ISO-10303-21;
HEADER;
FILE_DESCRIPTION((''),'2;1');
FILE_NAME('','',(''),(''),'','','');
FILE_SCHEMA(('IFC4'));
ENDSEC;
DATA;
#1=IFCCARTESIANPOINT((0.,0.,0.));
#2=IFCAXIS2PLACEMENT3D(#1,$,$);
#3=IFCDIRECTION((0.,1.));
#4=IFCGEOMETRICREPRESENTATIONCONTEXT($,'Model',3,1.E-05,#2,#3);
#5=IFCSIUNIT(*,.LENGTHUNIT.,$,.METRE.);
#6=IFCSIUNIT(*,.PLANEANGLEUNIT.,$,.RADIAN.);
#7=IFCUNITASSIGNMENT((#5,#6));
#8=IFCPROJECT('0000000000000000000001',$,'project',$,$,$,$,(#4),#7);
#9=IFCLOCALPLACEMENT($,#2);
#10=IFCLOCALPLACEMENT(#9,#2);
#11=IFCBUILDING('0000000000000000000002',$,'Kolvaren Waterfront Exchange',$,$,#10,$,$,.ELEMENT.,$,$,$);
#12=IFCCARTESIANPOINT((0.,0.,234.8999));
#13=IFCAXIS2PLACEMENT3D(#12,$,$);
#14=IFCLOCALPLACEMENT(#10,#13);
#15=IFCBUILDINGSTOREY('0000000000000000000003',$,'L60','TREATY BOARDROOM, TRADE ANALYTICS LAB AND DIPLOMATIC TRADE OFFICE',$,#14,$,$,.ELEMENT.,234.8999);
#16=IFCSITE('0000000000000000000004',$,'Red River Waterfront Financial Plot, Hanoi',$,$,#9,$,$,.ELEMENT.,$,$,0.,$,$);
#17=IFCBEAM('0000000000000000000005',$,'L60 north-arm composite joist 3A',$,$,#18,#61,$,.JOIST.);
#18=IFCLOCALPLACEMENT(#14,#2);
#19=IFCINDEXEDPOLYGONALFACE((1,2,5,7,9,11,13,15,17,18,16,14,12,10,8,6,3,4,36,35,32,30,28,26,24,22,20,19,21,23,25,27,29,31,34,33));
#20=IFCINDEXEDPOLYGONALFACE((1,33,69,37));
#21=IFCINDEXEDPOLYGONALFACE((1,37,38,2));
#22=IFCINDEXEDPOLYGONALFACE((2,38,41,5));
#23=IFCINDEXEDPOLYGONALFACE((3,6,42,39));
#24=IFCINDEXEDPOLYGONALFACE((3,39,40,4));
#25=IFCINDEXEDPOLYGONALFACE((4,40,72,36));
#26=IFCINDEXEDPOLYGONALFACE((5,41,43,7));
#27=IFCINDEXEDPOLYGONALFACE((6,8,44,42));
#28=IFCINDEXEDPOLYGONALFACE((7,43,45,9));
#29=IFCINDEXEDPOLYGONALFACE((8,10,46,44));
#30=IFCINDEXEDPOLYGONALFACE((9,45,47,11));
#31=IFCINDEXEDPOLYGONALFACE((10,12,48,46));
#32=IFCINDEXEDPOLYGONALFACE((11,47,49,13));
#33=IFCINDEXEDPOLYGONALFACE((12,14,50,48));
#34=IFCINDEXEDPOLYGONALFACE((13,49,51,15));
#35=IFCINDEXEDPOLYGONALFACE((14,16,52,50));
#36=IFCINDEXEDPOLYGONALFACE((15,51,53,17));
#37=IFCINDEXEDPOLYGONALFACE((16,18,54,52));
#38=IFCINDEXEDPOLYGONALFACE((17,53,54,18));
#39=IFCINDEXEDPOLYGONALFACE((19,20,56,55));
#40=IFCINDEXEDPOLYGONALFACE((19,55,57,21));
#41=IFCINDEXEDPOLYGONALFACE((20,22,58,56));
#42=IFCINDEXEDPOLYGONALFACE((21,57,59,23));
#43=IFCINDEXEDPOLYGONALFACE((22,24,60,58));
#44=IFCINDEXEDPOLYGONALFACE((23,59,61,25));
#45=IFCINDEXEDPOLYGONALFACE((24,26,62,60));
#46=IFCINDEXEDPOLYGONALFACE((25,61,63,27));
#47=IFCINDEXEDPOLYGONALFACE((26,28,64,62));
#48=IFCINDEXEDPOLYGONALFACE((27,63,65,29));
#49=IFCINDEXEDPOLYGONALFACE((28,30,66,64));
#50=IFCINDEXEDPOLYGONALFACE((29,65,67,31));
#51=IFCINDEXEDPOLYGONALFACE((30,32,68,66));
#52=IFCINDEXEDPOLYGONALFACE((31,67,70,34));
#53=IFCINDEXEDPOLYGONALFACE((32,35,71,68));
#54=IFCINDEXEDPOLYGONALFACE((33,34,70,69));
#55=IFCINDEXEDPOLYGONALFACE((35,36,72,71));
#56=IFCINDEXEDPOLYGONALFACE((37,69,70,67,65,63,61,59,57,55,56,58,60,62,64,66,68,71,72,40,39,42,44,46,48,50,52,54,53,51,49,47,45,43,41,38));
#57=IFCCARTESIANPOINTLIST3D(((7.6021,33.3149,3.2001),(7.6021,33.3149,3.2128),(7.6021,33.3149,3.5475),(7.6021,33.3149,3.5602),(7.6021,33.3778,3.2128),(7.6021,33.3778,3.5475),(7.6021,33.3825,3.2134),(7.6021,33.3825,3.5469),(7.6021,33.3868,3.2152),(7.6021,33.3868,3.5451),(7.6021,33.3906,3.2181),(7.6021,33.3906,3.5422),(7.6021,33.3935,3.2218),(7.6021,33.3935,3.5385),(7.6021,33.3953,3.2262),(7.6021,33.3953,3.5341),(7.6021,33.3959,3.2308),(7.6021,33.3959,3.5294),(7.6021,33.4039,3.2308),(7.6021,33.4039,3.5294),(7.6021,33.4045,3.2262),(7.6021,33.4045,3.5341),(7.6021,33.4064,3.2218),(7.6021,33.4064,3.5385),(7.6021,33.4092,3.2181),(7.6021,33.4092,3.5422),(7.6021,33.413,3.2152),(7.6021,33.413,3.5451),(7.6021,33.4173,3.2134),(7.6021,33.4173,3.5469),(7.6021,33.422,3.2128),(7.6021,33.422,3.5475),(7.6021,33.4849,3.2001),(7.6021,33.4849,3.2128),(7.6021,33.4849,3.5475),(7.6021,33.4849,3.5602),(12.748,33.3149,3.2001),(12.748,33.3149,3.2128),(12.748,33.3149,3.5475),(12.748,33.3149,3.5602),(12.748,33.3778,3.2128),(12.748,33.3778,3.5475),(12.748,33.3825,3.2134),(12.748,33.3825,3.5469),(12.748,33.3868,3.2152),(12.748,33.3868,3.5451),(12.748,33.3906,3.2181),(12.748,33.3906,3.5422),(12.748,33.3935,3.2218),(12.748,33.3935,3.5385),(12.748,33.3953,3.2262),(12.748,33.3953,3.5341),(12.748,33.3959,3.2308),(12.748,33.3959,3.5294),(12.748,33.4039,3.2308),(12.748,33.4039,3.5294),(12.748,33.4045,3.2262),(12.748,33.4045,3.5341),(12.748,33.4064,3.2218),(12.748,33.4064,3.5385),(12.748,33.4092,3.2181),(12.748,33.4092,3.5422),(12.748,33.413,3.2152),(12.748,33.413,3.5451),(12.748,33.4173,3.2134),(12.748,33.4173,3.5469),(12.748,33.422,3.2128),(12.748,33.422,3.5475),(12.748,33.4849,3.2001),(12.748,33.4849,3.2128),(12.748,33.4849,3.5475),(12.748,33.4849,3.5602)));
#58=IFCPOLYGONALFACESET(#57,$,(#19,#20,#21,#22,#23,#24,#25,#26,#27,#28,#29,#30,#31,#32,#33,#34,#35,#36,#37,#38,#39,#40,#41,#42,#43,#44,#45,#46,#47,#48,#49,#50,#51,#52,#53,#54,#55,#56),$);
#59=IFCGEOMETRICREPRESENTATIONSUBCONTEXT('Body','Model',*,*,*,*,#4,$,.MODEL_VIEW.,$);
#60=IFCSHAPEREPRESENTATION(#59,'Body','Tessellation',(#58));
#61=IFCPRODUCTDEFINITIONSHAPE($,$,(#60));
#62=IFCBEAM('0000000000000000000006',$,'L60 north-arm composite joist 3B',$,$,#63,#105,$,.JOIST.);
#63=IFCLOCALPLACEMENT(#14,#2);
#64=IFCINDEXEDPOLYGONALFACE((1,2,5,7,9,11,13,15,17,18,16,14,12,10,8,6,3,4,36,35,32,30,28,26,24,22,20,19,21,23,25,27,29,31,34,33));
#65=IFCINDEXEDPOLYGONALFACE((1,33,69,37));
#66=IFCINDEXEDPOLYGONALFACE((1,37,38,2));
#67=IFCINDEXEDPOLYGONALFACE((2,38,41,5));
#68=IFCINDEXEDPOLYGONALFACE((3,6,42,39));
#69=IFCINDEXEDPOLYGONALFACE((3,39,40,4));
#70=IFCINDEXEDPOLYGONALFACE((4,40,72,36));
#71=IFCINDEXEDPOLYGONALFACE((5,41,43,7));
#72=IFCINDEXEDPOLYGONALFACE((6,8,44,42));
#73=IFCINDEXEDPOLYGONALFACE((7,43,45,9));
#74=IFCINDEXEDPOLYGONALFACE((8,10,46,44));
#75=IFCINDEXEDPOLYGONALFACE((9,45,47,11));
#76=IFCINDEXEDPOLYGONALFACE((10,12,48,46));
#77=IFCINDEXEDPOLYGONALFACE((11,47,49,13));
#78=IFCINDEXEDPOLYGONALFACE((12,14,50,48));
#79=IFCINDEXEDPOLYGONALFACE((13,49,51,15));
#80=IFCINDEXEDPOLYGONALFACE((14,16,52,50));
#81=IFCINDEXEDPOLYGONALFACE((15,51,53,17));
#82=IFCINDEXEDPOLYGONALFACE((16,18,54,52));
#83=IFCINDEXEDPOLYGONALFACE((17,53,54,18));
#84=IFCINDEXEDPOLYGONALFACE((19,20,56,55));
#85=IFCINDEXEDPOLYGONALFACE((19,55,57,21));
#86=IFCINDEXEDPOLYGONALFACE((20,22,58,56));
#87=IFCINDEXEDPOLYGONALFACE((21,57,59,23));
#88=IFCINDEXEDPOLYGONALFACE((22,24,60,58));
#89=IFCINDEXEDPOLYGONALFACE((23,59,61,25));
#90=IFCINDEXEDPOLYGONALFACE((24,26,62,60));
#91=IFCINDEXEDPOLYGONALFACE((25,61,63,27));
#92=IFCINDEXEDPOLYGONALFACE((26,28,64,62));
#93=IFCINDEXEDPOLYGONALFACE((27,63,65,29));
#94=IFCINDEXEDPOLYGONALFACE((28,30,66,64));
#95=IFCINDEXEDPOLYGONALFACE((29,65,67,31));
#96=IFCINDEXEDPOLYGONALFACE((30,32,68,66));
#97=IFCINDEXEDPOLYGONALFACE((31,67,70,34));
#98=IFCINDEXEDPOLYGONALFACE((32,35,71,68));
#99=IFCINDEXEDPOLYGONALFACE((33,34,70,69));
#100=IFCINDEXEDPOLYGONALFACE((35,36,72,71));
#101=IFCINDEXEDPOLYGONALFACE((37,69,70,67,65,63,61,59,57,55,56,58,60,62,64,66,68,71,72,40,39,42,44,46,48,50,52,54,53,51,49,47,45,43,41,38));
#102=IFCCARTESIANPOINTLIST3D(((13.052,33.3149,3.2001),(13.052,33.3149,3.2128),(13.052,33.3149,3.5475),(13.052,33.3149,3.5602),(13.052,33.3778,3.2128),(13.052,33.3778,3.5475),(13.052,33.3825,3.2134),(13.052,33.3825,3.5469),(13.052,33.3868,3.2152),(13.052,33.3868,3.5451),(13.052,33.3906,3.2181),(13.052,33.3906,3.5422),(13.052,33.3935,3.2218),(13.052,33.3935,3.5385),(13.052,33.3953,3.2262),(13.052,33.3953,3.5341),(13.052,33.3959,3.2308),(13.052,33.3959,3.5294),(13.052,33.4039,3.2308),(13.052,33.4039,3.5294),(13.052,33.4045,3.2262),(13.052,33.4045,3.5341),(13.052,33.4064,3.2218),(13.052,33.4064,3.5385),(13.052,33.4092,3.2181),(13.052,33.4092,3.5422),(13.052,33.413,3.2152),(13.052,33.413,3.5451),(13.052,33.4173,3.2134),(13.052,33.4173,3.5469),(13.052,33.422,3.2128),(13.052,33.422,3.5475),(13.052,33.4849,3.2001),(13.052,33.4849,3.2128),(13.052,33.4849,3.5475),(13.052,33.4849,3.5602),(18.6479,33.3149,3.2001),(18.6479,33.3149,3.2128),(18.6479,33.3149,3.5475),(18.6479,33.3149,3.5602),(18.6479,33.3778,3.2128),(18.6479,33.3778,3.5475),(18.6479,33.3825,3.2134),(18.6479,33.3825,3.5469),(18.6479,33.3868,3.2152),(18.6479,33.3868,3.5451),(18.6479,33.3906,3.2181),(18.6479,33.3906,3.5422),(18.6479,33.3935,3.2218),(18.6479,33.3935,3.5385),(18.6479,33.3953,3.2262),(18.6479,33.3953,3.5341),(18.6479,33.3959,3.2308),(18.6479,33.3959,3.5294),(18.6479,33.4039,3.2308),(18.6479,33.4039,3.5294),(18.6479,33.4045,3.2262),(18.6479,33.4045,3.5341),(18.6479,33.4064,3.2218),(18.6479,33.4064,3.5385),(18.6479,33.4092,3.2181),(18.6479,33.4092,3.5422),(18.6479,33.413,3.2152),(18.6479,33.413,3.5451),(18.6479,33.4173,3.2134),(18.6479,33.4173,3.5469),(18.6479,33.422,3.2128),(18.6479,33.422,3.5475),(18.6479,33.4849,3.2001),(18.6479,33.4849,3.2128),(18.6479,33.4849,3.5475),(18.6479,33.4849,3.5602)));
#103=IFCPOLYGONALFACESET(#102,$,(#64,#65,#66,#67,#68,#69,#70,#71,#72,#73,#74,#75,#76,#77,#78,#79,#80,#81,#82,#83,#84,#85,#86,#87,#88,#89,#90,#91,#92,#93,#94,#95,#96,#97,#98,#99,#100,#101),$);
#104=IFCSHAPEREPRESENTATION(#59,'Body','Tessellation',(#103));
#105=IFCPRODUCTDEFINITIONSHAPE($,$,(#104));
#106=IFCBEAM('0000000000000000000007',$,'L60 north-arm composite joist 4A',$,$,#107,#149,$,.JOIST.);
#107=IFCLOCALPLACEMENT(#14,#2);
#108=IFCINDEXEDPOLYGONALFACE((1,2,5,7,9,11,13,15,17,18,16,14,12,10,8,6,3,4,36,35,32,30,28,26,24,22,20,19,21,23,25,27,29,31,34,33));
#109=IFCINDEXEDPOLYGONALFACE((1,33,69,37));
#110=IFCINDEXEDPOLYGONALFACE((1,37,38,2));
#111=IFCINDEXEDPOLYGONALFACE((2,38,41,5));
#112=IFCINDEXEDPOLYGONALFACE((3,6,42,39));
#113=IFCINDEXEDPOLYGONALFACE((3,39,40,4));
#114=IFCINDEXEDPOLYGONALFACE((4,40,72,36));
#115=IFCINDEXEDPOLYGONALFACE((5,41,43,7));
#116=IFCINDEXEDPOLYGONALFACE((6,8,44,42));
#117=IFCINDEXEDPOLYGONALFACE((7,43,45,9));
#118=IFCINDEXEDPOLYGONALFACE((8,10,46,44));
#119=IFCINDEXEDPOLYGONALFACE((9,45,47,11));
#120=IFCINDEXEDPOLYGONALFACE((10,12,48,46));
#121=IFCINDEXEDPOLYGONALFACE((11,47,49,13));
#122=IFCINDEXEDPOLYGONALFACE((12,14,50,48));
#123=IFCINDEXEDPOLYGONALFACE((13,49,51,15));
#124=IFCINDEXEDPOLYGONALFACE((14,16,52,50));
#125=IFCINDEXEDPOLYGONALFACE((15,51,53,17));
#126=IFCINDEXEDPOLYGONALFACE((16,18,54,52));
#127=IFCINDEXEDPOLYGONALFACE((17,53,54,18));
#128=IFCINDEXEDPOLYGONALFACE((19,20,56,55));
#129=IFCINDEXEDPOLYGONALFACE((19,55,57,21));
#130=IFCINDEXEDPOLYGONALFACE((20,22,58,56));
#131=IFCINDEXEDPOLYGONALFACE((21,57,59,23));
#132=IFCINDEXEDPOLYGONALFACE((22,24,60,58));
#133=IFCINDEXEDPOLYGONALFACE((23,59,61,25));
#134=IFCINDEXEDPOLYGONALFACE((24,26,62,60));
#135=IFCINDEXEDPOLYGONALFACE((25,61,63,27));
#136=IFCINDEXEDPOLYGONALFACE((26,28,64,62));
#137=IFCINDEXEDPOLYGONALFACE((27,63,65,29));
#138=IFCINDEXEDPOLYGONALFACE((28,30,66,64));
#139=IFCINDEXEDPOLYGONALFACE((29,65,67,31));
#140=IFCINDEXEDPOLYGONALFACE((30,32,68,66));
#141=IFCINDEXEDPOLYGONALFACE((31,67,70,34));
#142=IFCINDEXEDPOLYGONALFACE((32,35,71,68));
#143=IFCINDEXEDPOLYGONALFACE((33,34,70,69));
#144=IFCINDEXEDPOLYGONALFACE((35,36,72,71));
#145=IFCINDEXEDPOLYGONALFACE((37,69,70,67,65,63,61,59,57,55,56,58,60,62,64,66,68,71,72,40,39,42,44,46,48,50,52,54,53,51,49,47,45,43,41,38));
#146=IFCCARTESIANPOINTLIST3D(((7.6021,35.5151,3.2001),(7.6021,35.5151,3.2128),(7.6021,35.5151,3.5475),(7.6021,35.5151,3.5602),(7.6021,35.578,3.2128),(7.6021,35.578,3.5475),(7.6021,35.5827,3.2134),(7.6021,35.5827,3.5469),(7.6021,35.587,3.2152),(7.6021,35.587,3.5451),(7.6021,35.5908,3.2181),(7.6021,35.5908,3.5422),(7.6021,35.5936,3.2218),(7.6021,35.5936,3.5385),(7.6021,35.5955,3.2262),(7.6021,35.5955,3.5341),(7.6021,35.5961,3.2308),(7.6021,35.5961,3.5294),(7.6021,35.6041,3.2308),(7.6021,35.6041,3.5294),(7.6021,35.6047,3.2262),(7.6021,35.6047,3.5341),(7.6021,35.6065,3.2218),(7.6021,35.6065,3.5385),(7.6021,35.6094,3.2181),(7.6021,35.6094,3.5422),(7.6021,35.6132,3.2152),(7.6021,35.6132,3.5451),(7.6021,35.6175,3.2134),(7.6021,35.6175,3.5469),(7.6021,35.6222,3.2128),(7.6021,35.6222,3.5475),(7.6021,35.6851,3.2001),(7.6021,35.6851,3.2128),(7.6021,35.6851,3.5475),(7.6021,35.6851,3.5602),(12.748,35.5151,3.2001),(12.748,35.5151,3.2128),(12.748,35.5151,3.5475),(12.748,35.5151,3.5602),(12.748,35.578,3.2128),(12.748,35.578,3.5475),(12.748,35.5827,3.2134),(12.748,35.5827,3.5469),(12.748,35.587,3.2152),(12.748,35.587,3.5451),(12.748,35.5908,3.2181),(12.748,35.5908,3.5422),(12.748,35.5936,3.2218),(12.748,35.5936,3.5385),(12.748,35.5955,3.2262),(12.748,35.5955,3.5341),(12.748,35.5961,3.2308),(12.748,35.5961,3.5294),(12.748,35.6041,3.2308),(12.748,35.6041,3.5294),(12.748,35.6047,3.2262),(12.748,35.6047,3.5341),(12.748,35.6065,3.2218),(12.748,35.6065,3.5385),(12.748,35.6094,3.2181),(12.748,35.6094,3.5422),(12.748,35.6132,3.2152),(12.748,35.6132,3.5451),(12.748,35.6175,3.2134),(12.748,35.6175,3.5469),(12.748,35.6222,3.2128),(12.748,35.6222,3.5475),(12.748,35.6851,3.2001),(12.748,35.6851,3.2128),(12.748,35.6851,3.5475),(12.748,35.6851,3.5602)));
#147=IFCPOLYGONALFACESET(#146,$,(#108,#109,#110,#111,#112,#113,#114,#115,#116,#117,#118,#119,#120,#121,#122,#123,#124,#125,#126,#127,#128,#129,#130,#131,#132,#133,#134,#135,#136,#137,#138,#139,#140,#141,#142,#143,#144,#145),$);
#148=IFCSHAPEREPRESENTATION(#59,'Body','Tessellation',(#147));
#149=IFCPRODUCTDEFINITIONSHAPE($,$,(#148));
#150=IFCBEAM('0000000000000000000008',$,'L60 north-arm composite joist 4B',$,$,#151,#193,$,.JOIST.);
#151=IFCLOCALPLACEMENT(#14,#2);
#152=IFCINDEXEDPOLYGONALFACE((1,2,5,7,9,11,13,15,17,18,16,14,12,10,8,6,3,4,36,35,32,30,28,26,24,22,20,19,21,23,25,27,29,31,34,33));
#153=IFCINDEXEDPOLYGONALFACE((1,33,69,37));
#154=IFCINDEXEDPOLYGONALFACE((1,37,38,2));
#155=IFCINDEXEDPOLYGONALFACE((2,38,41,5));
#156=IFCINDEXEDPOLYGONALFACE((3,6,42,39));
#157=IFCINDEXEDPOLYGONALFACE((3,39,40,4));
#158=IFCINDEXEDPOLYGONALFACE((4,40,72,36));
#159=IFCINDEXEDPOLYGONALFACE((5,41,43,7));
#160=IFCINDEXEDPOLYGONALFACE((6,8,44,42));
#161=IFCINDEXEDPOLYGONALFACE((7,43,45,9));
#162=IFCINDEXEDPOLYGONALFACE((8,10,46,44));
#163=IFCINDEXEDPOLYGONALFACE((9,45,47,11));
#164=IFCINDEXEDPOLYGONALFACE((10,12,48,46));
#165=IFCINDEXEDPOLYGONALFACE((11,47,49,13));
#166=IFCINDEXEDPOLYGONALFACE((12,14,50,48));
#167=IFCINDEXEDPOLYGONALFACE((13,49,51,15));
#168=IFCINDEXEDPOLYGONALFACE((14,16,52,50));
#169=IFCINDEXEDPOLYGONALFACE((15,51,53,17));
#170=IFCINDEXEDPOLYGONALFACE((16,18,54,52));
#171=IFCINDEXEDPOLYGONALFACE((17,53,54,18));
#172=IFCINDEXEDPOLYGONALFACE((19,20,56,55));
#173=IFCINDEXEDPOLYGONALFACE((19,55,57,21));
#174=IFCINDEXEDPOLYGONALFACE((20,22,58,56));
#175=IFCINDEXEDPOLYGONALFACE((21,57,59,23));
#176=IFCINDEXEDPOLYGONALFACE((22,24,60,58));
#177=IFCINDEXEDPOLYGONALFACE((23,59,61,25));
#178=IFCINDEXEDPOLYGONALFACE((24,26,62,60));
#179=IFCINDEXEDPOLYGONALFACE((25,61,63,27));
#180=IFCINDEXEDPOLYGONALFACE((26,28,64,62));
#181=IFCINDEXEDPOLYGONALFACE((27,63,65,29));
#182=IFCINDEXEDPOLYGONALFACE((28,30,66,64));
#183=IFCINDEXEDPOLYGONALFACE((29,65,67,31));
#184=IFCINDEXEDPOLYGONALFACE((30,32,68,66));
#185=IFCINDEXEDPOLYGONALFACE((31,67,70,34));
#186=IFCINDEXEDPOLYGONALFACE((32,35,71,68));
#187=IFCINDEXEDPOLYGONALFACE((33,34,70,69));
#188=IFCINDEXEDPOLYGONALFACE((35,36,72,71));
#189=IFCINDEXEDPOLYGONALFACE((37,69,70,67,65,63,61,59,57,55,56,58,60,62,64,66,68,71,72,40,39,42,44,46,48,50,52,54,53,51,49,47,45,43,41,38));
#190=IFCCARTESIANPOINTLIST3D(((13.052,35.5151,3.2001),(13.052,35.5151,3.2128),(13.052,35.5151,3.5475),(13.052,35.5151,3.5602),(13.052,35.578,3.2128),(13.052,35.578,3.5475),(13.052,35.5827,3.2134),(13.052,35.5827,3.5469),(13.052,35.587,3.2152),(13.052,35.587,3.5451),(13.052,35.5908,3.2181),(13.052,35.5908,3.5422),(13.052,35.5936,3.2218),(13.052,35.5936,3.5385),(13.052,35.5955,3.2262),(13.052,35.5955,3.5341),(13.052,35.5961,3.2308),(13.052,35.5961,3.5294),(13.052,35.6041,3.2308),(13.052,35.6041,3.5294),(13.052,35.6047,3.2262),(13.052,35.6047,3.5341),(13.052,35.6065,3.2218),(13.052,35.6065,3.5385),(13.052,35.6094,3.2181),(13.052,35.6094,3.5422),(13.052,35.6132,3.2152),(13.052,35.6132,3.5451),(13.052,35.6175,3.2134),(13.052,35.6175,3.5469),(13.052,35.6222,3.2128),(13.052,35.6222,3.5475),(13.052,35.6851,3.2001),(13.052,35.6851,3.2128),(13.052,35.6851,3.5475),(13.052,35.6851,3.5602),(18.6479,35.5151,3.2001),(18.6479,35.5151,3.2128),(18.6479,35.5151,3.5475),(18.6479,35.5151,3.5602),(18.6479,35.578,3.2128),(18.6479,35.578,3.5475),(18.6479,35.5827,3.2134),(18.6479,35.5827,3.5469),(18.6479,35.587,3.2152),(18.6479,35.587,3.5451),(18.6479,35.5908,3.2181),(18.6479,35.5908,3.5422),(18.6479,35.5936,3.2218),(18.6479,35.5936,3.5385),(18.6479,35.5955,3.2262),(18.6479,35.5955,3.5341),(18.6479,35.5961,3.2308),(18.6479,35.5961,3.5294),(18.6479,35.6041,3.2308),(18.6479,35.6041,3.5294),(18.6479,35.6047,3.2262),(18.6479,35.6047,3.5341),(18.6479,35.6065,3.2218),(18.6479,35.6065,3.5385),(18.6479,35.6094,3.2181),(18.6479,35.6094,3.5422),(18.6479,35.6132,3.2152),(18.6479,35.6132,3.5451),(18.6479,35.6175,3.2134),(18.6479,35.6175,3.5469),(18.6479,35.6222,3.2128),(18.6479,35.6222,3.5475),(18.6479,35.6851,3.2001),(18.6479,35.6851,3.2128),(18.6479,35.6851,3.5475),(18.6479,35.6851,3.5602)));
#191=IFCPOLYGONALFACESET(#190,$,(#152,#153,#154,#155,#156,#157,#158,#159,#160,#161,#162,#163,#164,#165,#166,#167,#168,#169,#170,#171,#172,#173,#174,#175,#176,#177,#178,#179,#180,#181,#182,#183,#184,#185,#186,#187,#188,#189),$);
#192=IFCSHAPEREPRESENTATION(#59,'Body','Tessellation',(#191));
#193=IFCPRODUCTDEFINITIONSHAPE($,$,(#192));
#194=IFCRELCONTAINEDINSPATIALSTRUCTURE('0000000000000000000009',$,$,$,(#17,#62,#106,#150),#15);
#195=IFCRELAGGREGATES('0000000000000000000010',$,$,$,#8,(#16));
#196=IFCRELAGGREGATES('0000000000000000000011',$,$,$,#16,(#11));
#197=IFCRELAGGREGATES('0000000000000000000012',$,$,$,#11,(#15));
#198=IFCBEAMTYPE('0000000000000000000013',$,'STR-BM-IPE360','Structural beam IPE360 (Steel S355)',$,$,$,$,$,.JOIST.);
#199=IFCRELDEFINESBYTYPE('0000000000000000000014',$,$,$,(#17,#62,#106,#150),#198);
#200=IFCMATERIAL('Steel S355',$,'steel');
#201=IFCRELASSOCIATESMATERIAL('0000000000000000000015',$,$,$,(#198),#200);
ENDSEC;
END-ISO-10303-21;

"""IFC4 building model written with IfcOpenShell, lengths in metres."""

from ifc_helpers import new_model, si_unit, direction, frame, origin, origin_2d, place, context, subcontext, project, spatial, i_section, extrude, material, material_profile, profile_set, type_object, element, save


model = new_model("IFC4")

# Units and contexts
model_context = context("Model", 3, precision=1e-05, world=origin(), true_north=direction((0.0, 1.0)))
body_context = subcontext(model_context, "Body", "Model", "MODEL_VIEW")
ifc_project = project(units=[si_unit("LENGTHUNIT", "METRE"), si_unit("PLANEANGLEUNIT", "RADIAN")], contexts=[model_context])

# Site, building, storey
site_placement = place(None, origin())
site = spatial("IfcSite", under=ifc_project, at=site_placement, Name="Red River Waterfront Financial Plot, Hanoi", CompositionType="ELEMENT", RefElevation=0.0)
building_placement = place(site_placement, origin())
building = spatial("IfcBuilding", under=site, at=building_placement, Name="Kolvaren Waterfront Exchange", CompositionType="ELEMENT")
storey_placement = place(building_placement, frame((0.0, 0.0, 234.8999)))
storey = spatial("IfcBuildingStorey", under=building, at=storey_placement, Name="L60", Description="TREATY BOARDROOM, TRADE ANALYTICS LAB AND DIPLOMATIC TRADE OFFICE", CompositionType="ELEMENT", Elevation=234.8999)

# Beams
ifc_material_1 = material(Name="Steel S355", Category="steel")
ifc_material_profile_1 = material_profile(ifc_material_1, i_section(OverallWidth=0.1699, OverallDepth=0.3601, WebThickness=0.0081, FlangeThickness=0.0127, FilletRadius=0.0181, at=origin_2d()), Name="IPE360")
ifc_profile_set_1 = profile_set([ifc_material_profile_1], Name="Steel S355")
beam_type_1 = type_object("IfcBeamType", Name="STR-BM-IPE360", Description="Structural beam IPE360 (Steel S355)", PredefinedType="JOIST", material=ifc_profile_set_1)
beam_1_placement = place(storey_placement, frame((7.6021, 33.3999, 3.3801), z_axis=(1.0, 0.0, 0.0), x_axis=(0.0, 1.0, 0.0)))
element("IfcBeam", 1, at=beam_1_placement, inside=storey, type_object=beam_type_1, Name="L60 north-arm composite joist 3A", PredefinedType="JOIST", context=body_context, shape_type="SweptSolid", body=[
    extrude(i_section(OverallWidth=0.1699, OverallDepth=0.3601, WebThickness=0.0081, FlangeThickness=0.0127, FilletRadius=0.0181, at=origin_2d()), origin(), (0.0, 0.0, 1.0), 5.146),
])
beam_2_placement = place(storey_placement, frame((13.052, 33.3999, 3.3801), z_axis=(1.0, 0.0, 0.0), x_axis=(0.0, 1.0, 0.0)))
element("IfcBeam", 2, at=beam_2_placement, inside=storey, type_object=beam_type_1, Name="L60 north-arm composite joist 3B", PredefinedType="JOIST", context=body_context, shape_type="SweptSolid", body=[
    extrude(i_section(OverallWidth=0.1699, OverallDepth=0.3601, WebThickness=0.0081, FlangeThickness=0.0127, FilletRadius=0.0181, at=origin_2d()), origin(), (0.0, 0.0, 1.0), 5.5959),
])
beam_3_placement = place(storey_placement, frame((7.6021, 35.6001, 3.3801), z_axis=(1.0, 0.0, 0.0), x_axis=(0.0, 1.0, 0.0)))
element("IfcBeam", 3, at=beam_3_placement, inside=storey, type_object=beam_type_1, Name="L60 north-arm composite joist 4A", PredefinedType="JOIST", context=body_context, shape_type="SweptSolid", body=[
    extrude(i_section(OverallWidth=0.1699, OverallDepth=0.3601, WebThickness=0.0081, FlangeThickness=0.0127, FilletRadius=0.0181, at=origin_2d()), origin(), (0.0, 0.0, 1.0), 5.146),
])
beam_4_placement = place(storey_placement, frame((13.052, 35.6001, 3.3801), z_axis=(1.0, 0.0, 0.0), x_axis=(0.0, 1.0, 0.0)))
element("IfcBeam", 4, at=beam_4_placement, inside=storey, type_object=beam_type_1, Name="L60 north-arm composite joist 4B", PredefinedType="JOIST", context=body_context, shape_type="SweptSolid", body=[
    extrude(i_section(OverallWidth=0.1699, OverallDepth=0.3601, WebThickness=0.0081, FlangeThickness=0.0127, FilletRadius=0.0181, at=origin_2d()), origin(), (0.0, 0.0, 1.0), 5.5959),
])

save(model, "model.ifc")
